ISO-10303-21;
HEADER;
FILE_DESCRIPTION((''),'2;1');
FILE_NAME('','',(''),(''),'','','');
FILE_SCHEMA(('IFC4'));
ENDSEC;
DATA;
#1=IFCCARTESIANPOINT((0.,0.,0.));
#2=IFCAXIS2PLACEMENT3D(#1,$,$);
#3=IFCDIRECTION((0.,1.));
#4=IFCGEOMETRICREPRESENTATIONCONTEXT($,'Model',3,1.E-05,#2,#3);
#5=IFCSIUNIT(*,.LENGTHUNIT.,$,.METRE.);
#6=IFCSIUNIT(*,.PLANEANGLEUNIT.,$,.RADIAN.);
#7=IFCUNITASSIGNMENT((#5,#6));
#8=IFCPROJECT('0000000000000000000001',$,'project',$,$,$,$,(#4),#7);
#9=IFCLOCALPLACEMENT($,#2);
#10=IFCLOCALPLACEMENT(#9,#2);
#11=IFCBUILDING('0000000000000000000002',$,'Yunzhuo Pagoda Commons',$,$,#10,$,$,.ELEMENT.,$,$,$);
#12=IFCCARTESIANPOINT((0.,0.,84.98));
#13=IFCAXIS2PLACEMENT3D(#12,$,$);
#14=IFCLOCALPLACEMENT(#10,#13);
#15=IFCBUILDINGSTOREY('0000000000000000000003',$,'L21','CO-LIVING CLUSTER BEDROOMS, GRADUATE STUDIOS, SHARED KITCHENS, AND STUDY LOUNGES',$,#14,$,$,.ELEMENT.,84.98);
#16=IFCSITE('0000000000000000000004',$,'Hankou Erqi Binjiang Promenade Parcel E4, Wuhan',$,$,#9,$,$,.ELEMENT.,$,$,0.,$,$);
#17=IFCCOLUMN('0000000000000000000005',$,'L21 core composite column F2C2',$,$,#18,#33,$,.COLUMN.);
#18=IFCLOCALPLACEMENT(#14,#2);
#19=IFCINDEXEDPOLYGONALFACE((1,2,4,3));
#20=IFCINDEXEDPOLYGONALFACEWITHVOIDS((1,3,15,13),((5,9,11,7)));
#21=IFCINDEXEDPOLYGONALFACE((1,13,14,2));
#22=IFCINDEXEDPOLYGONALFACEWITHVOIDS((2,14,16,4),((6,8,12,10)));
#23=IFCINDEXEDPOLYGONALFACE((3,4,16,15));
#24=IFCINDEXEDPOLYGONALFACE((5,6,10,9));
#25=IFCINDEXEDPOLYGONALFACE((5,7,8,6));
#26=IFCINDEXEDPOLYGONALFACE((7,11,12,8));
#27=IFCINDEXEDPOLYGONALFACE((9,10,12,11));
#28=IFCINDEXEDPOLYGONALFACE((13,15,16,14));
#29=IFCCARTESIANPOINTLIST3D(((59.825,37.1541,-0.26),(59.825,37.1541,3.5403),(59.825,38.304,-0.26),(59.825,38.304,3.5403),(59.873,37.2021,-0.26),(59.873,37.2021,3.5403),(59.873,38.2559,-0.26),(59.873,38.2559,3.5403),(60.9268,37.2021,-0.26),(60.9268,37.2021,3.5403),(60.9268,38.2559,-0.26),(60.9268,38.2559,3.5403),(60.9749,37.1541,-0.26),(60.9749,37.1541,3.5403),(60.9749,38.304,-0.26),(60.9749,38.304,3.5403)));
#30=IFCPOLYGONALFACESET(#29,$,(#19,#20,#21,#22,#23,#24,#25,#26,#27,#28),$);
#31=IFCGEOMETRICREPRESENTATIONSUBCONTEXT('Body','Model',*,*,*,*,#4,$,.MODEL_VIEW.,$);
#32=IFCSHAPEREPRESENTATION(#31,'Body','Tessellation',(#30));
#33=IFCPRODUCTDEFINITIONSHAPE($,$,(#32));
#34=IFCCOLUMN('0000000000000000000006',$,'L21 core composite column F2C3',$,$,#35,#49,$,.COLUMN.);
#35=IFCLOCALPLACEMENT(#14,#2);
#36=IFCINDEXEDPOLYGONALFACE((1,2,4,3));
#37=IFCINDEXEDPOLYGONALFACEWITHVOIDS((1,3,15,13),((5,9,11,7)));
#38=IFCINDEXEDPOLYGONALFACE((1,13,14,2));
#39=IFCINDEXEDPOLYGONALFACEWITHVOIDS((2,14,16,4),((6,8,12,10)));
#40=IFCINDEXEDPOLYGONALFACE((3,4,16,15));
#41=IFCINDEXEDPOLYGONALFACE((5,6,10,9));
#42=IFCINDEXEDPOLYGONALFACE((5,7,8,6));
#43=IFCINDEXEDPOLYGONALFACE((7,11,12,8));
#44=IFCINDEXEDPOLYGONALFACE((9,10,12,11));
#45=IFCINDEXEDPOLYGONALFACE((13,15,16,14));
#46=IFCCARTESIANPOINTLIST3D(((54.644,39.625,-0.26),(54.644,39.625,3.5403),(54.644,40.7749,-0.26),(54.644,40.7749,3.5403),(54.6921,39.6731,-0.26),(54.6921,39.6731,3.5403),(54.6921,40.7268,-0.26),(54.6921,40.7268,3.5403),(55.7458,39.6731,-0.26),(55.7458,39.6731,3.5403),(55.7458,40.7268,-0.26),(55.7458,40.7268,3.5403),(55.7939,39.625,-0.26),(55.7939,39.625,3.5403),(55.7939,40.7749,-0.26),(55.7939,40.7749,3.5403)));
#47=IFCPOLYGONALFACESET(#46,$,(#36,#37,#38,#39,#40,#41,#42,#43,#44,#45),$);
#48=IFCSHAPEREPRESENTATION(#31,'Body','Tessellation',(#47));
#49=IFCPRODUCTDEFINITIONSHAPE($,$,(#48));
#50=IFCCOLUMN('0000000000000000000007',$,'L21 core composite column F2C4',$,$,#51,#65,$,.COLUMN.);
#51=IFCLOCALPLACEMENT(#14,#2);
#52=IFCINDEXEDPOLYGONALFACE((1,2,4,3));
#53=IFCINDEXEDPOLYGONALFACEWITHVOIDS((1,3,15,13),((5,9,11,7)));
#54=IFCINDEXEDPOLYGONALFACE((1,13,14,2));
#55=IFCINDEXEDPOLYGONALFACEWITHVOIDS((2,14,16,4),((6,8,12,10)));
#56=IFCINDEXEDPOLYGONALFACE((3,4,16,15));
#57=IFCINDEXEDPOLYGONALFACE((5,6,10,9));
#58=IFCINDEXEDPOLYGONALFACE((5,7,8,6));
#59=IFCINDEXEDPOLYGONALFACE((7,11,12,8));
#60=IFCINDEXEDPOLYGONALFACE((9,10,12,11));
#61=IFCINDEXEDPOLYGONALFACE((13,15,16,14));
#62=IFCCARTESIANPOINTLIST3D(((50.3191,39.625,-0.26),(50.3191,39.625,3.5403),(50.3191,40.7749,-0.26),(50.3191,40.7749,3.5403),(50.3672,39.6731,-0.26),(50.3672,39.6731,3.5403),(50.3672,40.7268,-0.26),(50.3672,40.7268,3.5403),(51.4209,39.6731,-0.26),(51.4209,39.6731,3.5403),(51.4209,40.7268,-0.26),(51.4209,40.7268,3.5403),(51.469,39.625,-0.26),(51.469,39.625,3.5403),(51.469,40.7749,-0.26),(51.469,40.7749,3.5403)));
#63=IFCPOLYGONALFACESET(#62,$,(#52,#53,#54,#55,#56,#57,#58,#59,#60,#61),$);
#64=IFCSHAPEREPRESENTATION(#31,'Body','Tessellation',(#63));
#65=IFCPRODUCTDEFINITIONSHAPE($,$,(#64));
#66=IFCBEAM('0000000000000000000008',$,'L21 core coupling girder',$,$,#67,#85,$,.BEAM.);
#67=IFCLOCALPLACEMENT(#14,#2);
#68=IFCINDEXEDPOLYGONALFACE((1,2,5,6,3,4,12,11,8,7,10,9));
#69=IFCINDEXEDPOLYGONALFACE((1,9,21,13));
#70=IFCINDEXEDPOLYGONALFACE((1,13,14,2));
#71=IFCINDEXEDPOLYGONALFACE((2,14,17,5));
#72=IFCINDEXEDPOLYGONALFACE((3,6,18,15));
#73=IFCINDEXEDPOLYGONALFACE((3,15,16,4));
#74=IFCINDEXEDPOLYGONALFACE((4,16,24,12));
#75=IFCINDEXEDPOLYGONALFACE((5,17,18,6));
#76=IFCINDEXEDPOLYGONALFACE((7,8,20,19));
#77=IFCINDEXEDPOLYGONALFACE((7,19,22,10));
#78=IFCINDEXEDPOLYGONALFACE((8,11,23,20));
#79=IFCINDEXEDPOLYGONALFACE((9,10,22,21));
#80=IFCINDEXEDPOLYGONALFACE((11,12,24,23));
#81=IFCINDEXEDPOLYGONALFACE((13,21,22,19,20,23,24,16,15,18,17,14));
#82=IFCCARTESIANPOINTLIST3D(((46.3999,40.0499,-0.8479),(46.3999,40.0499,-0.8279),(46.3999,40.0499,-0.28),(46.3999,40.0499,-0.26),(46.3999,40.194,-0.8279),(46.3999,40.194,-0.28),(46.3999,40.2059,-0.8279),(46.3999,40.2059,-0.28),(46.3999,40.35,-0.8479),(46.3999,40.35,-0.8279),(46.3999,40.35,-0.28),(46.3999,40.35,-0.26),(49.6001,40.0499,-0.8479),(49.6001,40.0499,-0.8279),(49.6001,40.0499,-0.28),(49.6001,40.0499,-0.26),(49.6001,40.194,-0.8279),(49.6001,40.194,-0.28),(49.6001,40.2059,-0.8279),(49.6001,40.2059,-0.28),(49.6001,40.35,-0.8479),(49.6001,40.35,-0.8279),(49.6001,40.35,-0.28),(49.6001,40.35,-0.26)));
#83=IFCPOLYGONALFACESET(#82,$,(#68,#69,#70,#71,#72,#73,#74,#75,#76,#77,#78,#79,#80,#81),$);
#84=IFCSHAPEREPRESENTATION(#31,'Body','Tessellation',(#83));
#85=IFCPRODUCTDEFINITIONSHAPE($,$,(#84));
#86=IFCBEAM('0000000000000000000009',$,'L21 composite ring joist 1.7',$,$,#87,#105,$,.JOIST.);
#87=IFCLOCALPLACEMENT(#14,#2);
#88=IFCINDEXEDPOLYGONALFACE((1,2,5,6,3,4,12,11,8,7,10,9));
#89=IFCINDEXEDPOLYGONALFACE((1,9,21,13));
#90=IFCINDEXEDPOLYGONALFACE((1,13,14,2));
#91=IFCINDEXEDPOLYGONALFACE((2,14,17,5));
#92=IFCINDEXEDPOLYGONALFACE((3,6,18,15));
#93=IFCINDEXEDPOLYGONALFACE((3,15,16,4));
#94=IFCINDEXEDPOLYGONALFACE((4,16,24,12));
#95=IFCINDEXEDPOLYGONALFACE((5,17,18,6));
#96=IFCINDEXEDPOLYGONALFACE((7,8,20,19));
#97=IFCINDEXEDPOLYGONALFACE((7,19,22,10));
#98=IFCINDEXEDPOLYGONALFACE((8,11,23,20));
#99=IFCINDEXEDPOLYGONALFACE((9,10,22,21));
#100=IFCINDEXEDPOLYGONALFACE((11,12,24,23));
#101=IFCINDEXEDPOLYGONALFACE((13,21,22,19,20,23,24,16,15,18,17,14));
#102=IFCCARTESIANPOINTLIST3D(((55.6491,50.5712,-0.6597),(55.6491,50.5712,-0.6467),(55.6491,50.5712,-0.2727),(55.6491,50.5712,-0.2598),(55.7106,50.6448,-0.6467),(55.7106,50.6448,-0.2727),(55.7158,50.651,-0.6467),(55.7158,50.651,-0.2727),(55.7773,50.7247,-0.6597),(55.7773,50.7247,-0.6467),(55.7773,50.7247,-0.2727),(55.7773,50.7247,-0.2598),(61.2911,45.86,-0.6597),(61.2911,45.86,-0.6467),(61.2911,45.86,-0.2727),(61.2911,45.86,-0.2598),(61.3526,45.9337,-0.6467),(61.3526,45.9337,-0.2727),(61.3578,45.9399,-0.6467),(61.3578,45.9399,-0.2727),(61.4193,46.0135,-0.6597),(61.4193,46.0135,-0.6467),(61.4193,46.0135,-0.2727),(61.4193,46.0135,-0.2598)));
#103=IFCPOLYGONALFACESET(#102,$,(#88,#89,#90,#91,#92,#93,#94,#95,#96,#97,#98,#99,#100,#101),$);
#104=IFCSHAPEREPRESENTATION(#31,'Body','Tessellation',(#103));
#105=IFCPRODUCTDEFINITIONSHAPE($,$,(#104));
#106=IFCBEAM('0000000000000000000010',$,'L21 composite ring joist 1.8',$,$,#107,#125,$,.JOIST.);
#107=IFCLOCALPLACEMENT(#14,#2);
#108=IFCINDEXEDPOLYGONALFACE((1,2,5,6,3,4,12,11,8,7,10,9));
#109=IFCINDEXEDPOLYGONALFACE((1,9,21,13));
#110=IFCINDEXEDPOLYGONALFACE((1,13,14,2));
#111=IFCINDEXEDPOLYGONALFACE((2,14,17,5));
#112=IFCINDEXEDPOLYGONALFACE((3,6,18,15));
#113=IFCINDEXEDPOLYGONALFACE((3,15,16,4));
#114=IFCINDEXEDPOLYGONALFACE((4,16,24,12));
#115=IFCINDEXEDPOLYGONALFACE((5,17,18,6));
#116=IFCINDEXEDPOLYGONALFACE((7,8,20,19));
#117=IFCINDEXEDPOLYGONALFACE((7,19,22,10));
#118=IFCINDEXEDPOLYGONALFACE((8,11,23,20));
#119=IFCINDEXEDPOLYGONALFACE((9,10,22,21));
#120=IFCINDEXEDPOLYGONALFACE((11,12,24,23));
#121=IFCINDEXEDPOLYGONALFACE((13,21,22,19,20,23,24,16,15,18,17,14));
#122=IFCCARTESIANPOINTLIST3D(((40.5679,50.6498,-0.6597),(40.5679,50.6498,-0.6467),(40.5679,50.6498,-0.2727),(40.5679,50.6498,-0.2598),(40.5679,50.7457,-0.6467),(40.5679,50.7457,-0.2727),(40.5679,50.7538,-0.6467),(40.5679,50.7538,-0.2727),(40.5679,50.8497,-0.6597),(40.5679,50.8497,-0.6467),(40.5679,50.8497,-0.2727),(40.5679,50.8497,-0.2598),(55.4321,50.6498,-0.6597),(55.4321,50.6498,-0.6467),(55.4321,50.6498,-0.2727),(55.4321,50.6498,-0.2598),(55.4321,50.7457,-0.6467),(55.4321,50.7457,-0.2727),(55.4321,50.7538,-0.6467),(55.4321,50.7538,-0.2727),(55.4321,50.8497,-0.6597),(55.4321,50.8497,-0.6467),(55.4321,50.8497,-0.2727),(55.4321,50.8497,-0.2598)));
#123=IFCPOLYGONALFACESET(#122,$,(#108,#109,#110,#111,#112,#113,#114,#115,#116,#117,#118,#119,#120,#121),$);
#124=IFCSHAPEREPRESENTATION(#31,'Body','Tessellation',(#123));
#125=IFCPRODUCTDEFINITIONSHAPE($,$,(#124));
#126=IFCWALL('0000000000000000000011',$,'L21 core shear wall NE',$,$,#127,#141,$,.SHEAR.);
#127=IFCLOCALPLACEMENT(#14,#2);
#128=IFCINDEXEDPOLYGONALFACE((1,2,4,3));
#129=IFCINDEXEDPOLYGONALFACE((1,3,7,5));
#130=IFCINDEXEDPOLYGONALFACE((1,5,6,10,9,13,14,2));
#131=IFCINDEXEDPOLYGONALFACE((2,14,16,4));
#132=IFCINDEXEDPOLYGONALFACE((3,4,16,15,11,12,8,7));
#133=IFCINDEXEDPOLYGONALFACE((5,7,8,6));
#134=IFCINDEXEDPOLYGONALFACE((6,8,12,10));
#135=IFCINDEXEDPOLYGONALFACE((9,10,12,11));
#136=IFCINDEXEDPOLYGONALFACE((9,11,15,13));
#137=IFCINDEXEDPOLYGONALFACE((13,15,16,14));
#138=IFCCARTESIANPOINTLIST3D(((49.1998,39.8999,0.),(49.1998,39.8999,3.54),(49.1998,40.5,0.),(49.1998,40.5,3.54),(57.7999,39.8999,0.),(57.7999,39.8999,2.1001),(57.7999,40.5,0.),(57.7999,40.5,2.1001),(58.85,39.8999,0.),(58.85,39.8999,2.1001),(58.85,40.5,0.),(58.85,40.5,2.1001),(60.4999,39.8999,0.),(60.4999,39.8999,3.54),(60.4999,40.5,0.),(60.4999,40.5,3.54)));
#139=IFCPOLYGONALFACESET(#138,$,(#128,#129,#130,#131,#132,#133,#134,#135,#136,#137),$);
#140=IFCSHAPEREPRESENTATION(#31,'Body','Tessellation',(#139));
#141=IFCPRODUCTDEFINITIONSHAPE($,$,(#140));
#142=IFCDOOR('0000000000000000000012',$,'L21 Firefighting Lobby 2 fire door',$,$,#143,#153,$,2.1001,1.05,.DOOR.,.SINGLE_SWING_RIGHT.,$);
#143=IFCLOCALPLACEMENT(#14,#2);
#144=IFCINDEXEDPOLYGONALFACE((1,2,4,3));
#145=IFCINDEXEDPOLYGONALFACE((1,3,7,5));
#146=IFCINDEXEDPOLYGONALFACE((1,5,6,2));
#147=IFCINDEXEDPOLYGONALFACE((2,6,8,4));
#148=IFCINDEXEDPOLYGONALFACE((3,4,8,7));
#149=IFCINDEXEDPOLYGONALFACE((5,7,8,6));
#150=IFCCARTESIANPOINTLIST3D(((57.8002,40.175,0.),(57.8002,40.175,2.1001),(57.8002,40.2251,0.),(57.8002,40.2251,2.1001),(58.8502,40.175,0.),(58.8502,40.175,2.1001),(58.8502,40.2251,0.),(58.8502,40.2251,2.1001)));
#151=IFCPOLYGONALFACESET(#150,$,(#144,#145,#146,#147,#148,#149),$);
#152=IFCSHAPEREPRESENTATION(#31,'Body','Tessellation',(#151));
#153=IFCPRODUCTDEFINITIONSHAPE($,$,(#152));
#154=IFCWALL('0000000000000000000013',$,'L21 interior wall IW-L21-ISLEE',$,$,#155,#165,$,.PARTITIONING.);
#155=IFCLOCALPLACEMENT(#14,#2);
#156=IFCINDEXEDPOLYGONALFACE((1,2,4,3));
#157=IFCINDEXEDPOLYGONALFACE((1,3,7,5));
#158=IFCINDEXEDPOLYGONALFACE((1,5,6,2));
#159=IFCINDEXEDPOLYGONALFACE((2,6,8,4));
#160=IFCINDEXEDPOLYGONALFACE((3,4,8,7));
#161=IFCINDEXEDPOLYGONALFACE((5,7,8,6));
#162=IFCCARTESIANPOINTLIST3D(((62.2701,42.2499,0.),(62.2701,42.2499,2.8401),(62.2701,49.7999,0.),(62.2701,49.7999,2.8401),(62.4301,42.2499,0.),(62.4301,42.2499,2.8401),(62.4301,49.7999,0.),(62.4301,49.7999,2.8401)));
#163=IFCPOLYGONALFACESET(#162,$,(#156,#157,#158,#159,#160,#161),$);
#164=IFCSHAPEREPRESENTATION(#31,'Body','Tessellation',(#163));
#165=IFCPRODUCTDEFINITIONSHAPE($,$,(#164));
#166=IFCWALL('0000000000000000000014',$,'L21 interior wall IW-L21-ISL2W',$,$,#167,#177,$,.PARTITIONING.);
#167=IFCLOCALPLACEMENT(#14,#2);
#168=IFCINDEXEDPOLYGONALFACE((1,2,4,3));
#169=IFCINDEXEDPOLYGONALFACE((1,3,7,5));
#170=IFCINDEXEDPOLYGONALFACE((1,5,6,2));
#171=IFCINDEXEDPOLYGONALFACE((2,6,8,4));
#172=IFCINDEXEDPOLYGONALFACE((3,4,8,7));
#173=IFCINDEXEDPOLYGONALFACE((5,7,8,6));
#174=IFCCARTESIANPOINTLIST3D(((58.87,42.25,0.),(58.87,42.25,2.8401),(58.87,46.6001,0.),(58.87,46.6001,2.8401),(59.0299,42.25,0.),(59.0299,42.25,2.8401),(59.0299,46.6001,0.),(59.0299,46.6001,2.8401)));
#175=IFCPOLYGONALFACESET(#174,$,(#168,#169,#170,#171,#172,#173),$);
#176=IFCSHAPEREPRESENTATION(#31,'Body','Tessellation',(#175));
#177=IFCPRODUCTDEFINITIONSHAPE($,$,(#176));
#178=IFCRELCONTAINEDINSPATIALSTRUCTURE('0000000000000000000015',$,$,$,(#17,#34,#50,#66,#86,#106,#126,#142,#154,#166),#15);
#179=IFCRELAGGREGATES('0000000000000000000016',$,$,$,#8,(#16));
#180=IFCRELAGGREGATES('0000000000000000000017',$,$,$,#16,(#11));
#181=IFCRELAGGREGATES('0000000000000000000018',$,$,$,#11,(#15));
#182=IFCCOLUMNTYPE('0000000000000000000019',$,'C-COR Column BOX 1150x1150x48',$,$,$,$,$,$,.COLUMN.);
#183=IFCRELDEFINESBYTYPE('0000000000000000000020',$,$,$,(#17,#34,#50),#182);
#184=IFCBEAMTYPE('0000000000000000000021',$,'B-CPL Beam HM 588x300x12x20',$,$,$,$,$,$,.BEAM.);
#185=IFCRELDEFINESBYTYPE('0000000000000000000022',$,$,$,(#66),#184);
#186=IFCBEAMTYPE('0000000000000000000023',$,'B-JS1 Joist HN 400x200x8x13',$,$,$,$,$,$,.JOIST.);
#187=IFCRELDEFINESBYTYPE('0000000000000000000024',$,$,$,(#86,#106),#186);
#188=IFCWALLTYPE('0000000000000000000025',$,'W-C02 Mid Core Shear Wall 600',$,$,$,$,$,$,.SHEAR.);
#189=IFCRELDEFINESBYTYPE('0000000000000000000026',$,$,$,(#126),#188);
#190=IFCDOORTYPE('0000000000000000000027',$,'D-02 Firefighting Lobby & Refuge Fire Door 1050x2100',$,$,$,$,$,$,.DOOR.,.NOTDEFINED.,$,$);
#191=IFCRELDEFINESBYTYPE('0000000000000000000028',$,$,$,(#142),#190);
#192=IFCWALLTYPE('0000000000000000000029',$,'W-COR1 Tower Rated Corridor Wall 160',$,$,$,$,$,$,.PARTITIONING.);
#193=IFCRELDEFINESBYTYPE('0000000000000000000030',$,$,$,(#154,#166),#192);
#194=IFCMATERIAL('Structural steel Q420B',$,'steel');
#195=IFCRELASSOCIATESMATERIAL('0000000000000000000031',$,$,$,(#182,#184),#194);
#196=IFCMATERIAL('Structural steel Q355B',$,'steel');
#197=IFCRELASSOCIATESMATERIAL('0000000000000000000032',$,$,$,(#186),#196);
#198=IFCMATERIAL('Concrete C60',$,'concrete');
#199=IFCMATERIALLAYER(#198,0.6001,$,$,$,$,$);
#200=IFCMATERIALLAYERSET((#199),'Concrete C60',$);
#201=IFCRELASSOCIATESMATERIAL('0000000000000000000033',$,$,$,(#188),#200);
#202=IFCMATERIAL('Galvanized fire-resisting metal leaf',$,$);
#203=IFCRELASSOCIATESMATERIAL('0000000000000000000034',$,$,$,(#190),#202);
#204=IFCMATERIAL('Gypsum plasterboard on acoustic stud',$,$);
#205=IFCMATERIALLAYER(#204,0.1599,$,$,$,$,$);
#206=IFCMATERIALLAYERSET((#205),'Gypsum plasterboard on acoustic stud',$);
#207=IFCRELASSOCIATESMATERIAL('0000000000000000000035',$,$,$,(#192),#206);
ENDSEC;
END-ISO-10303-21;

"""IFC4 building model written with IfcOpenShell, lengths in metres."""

from ifc_helpers import new_model, si_unit, direction, frame, frame_2d, origin, origin_2d, place, context, subcontext, project, spatial, rectangle, hollow_rectangle, i_section, extrude, source, transform, mapped, material, layer, layer_set, material_profile, profile_set, type_object, element, fill, save


model = new_model("IFC4")

# Units and contexts
model_context = context("Model", 3, precision=1e-05, world=origin(), true_north=direction((0.0, 1.0)))
body_context = subcontext(model_context, "Body", "Model", "MODEL_VIEW")
ifc_project = project(units=[si_unit("LENGTHUNIT", "METRE"), si_unit("PLANEANGLEUNIT", "RADIAN")], contexts=[model_context])

# Site, building, storey
site_placement = place(None, origin())
site = spatial("IfcSite", under=ifc_project, at=site_placement, Name="Hankou Erqi Binjiang Promenade Parcel E4, Wuhan", CompositionType="ELEMENT", RefElevation=0.0)
building_placement = place(site_placement, origin())
building = spatial("IfcBuilding", under=site, at=building_placement, Name="Yunzhuo Pagoda Commons", CompositionType="ELEMENT")
storey_placement = place(building_placement, frame((0.0, 0.0, 84.98)))
storey = spatial("IfcBuildingStorey", under=building, at=storey_placement, Name="L21", Description="CO-LIVING CLUSTER BEDROOMS, GRADUATE STUDIOS, SHARED KITCHENS, AND STUDY LOUNGES", CompositionType="ELEMENT", Elevation=84.98)

# Columns
ifc_material_1 = material(Name="Structural steel Q420B", Category="steel")
ifc_material_profile_1 = material_profile(ifc_material_1, hollow_rectangle(XDim=1.1499, YDim=1.1499, WallThickness=0.0481, at=origin_2d()), Name="Structural steel Q420B")
ifc_profile_set_1 = profile_set([ifc_material_profile_1], Name="Structural steel Q420B")
column_type = type_object("IfcColumnType", Name="C-COR Column BOX 1150x1150x48", PredefinedType="COLUMN", material=ifc_profile_set_1)
shared_shape_1 = source(origin(), body_context, "Body", "SweptSolid", [
    extrude(hollow_rectangle(XDim=1.1499, YDim=1.1499, WallThickness=0.0481, at=origin_2d()), origin(), (0.0, 0.0, 1.0), 3.8003),
])
for number, where, z_axis, x_axis, name in (
    (1, (60.3999, 37.729, -0.26), (0.0, 0.0, 1.0), (1.0, 0.0, 0.0), "L21 core composite column F2C2"),
    (2, (55.219, 40.2, -0.26), (0.0, 0.0, 1.0), (1.0, 0.0, 0.0), "L21 core composite column F2C3"),
    (3, (50.894, 40.2, -0.26), (0.0, 0.0, 1.0), (1.0, 0.0, 0.0), "L21 core composite column F2C4"),
):
    element("IfcColumn", number, at=place(storey_placement, frame(where, z_axis=z_axis, x_axis=x_axis)), inside=storey, type_object=column_type, Name=name, PredefinedType="COLUMN", context=body_context, shape_type="MappedRepresentation", body=[
        mapped(shared_shape_1, transform((0.0, 0.0, 0.0), scale=1.0)),
    ])

# Beams
ifc_material_profile_2 = material_profile(ifc_material_1, i_section(OverallWidth=0.3, OverallDepth=0.5879, WebThickness=0.012, FlangeThickness=0.02, at=origin_2d()), Name="Structural steel Q420B")
ifc_profile_set_2 = profile_set([ifc_material_profile_2], Name="Structural steel Q420B")
beam_type_1 = type_object("IfcBeamType", Name="B-CPL Beam HM 588x300x12x20", PredefinedType="BEAM", material=ifc_profile_set_2)
shared_shape_2 = source(origin(), body_context, "Body", "SweptSolid", [
    extrude(i_section(OverallWidth=0.3, OverallDepth=0.5879, WebThickness=0.012, FlangeThickness=0.02, at=origin_2d()), origin(), (0.0, 0.0, 1.0), 3.2002),
])
beam_1_placement = place(storey_placement, frame((46.3999, 40.2, -0.554), z_axis=(1.0, 0.0, 0.0), x_axis=(0.0, 1.0, 0.0)))
element("IfcBeam", 4, at=beam_1_placement, inside=storey, type_object=beam_type_1, Name="L21 core coupling girder", PredefinedType="BEAM", context=body_context, shape_type="MappedRepresentation", body=[
    mapped(shared_shape_2, transform((0.0, 0.0, 0.0), scale=1.0)),
])
ifc_material_2 = material(Name="Structural steel Q355B", Category="steel")
ifc_material_profile_3 = material_profile(ifc_material_2, i_section(OverallWidth=0.2, OverallDepth=0.3999, WebThickness=0.0081, FlangeThickness=0.0129, at=origin_2d()), Name="Structural steel Q355B")
ifc_profile_set_3 = profile_set([ifc_material_profile_3], Name="Structural steel Q355B")
beam_type_2 = type_object("IfcBeamType", Name="B-JS1 Joist HN 400x200x8x13", PredefinedType="JOIST", material=ifc_profile_set_3)
shared_shape_3 = source(origin(), body_context, "Body", "SweptSolid", [
    extrude(i_section(OverallWidth=0.2, OverallDepth=0.3999, WebThickness=0.0081, FlangeThickness=0.0129, at=origin_2d()), origin(), (0.0, 0.0, 1.0), 7.3503),
])
beam_2_placement = place(storey_placement, frame((61.3552, 45.9368, -0.4597), z_axis=(-0.767589, 0.640942, 0.0), x_axis=(-0.640942, -0.767589, 0.0)))
element("IfcBeam", 5, at=beam_2_placement, inside=storey, type_object=beam_type_2, Name="L21 composite ring joist 1.7", PredefinedType="JOIST", context=body_context, shape_type="MappedRepresentation", body=[
    mapped(shared_shape_3, transform((0.0, 0.0, 0.0), scale=1.0)),
])
shared_shape_4 = source(origin(), body_context, "Body", "SweptSolid", [
    extrude(i_section(OverallWidth=0.2, OverallDepth=0.3999, WebThickness=0.0081, FlangeThickness=0.0129, at=origin_2d()), origin(), (0.0, 0.0, 1.0), 14.8643),
])
beam_3_placement = place(storey_placement, frame((55.4321, 50.7498, -0.4597), z_axis=(-1.0, 0.0, 0.0), x_axis=(0.0, -1.0, 0.0)))
element("IfcBeam", 6, at=beam_3_placement, inside=storey, type_object=beam_type_2, Name="L21 composite ring joist 1.8", PredefinedType="JOIST", context=body_context, shape_type="MappedRepresentation", body=[
    mapped(shared_shape_4, transform((0.0, 0.0, 0.0), scale=1.0)),
])

# Wall, opening, door
ifc_material_3 = material(Name="Concrete C60", Category="concrete")
ifc_layer_1 = layer(ifc_material_3, 0.6001)
ifc_layer_set_1 = layer_set([ifc_layer_1], Name="Concrete C60")
wall_type_1 = type_object("IfcWallType", Name="W-C02 Mid Core Shear Wall 600", PredefinedType="SHEAR", material=ifc_layer_set_1)
wall_1_placement = place(storey_placement, frame((49.2, 40.2, 0.0), z_axis=(0.0, 0.0, 1.0), x_axis=(1.0, 0.0, 0.0)))
wall_1 = element("IfcWall", 7, at=wall_1_placement, inside=storey, type_object=wall_type_1, Name="L21 core shear wall NE", PredefinedType="SHEAR", context=body_context, shape_type="SweptSolid", body=[
    extrude(rectangle(XDim=11.3, YDim=0.6001, at=frame_2d((5.6499, 0.0))), origin(), (0.0, 0.0, 1.0), 3.54),
])
opening_1_placement = place(wall_1_placement, frame((8.6001, 0.0, 0.0)))
opening_1 = element("IfcOpeningElement", 8, at=opening_1_placement, cuts=wall_1, PredefinedType="OPENING", context=body_context, shape_type="SweptSolid", body=[
    extrude(rectangle(XDim=1.05, YDim=2.1001, at=frame_2d((0.5249, 1.05))), frame((0.0, 0.3101, 0.0), z_axis=(0.0, -1.0, 0.0), x_axis=(1.0, 0.0, 0.0)), (0.0, 0.0, 1.0), 0.6201),
])
ifc_material_4 = material(Name="Galvanized fire-resisting metal leaf")
door_type_1 = type_object("IfcDoorType", Name="D-02 Firefighting Lobby & Refuge Fire Door 1050x2100", OperationType="NOTDEFINED", PredefinedType="DOOR", material=ifc_material_4)
shared_shape_5 = source(origin(), body_context, "Body", "SweptSolid", [
    extrude(rectangle(XDim=1.05, YDim=2.1001, at=frame_2d((0.5249, 1.05))), frame((0.0, 0.0249, 0.0), z_axis=(0.0, -1.0, 0.0), x_axis=(1.0, 0.0, 0.0)), (0.0, 0.0, 1.0), 0.05),
])
door_1_placement = place(opening_1_placement, frame((1.05, 0.0, 0.0), z_axis=(0.0, 0.0, 1.0), x_axis=(-1.0, 0.0, 0.0)))
door_1 = element("IfcDoor", 9, at=door_1_placement, inside=storey, type_object=door_type_1, Name="L21 Firefighting Lobby 2 fire door", OperationType="SINGLE_SWING_RIGHT", OverallHeight=2.1001, OverallWidth=1.05, PredefinedType="DOOR", context=body_context, shape_type="MappedRepresentation", body=[
    mapped(shared_shape_5, transform((0.0, 0.0, 0.0), scale=1.0)),
])
fill(opening_1, door_1)

# Walls
ifc_material_5 = material(Name="Gypsum plasterboard on acoustic stud")
ifc_layer_2 = layer(ifc_material_5, 0.1599)
ifc_layer_set_2 = layer_set([ifc_layer_2], Name="Gypsum plasterboard on acoustic stud")
wall_type_2 = type_object("IfcWallType", Name="W-COR1 Tower Rated Corridor Wall 160", PredefinedType="PARTITIONING", material=ifc_layer_set_2)
wall_2_placement = place(storey_placement, frame((62.3501, 42.25, 0.0), z_axis=(0.0, 0.0, 1.0), x_axis=(0.0, 1.0, 0.0)))
element("IfcWall", 10, at=wall_2_placement, inside=storey, type_object=wall_type_2, Name="L21 interior wall IW-L21-ISLEE", PredefinedType="PARTITIONING", context=body_context, shape_type="SweptSolid", body=[
    extrude(rectangle(XDim=7.55, YDim=0.1599, at=frame_2d((3.7749, 0.0))), origin(), (0.0, 0.0, 1.0), 2.8401),
])
wall_3_placement = place(storey_placement, frame((58.95, 42.25, 0.0), z_axis=(0.0, 0.0, 1.0), x_axis=(0.0, 1.0, 0.0)))
element("IfcWall", 11, at=wall_3_placement, inside=storey, type_object=wall_type_2, Name="L21 interior wall IW-L21-ISL2W", PredefinedType="PARTITIONING", context=body_context, shape_type="SweptSolid", body=[
    extrude(rectangle(XDim=4.3501, YDim=0.1599, at=frame_2d((2.175, 0.0))), origin(), (0.0, 0.0, 1.0), 2.8401),
])

save(model, "model.ifc")
